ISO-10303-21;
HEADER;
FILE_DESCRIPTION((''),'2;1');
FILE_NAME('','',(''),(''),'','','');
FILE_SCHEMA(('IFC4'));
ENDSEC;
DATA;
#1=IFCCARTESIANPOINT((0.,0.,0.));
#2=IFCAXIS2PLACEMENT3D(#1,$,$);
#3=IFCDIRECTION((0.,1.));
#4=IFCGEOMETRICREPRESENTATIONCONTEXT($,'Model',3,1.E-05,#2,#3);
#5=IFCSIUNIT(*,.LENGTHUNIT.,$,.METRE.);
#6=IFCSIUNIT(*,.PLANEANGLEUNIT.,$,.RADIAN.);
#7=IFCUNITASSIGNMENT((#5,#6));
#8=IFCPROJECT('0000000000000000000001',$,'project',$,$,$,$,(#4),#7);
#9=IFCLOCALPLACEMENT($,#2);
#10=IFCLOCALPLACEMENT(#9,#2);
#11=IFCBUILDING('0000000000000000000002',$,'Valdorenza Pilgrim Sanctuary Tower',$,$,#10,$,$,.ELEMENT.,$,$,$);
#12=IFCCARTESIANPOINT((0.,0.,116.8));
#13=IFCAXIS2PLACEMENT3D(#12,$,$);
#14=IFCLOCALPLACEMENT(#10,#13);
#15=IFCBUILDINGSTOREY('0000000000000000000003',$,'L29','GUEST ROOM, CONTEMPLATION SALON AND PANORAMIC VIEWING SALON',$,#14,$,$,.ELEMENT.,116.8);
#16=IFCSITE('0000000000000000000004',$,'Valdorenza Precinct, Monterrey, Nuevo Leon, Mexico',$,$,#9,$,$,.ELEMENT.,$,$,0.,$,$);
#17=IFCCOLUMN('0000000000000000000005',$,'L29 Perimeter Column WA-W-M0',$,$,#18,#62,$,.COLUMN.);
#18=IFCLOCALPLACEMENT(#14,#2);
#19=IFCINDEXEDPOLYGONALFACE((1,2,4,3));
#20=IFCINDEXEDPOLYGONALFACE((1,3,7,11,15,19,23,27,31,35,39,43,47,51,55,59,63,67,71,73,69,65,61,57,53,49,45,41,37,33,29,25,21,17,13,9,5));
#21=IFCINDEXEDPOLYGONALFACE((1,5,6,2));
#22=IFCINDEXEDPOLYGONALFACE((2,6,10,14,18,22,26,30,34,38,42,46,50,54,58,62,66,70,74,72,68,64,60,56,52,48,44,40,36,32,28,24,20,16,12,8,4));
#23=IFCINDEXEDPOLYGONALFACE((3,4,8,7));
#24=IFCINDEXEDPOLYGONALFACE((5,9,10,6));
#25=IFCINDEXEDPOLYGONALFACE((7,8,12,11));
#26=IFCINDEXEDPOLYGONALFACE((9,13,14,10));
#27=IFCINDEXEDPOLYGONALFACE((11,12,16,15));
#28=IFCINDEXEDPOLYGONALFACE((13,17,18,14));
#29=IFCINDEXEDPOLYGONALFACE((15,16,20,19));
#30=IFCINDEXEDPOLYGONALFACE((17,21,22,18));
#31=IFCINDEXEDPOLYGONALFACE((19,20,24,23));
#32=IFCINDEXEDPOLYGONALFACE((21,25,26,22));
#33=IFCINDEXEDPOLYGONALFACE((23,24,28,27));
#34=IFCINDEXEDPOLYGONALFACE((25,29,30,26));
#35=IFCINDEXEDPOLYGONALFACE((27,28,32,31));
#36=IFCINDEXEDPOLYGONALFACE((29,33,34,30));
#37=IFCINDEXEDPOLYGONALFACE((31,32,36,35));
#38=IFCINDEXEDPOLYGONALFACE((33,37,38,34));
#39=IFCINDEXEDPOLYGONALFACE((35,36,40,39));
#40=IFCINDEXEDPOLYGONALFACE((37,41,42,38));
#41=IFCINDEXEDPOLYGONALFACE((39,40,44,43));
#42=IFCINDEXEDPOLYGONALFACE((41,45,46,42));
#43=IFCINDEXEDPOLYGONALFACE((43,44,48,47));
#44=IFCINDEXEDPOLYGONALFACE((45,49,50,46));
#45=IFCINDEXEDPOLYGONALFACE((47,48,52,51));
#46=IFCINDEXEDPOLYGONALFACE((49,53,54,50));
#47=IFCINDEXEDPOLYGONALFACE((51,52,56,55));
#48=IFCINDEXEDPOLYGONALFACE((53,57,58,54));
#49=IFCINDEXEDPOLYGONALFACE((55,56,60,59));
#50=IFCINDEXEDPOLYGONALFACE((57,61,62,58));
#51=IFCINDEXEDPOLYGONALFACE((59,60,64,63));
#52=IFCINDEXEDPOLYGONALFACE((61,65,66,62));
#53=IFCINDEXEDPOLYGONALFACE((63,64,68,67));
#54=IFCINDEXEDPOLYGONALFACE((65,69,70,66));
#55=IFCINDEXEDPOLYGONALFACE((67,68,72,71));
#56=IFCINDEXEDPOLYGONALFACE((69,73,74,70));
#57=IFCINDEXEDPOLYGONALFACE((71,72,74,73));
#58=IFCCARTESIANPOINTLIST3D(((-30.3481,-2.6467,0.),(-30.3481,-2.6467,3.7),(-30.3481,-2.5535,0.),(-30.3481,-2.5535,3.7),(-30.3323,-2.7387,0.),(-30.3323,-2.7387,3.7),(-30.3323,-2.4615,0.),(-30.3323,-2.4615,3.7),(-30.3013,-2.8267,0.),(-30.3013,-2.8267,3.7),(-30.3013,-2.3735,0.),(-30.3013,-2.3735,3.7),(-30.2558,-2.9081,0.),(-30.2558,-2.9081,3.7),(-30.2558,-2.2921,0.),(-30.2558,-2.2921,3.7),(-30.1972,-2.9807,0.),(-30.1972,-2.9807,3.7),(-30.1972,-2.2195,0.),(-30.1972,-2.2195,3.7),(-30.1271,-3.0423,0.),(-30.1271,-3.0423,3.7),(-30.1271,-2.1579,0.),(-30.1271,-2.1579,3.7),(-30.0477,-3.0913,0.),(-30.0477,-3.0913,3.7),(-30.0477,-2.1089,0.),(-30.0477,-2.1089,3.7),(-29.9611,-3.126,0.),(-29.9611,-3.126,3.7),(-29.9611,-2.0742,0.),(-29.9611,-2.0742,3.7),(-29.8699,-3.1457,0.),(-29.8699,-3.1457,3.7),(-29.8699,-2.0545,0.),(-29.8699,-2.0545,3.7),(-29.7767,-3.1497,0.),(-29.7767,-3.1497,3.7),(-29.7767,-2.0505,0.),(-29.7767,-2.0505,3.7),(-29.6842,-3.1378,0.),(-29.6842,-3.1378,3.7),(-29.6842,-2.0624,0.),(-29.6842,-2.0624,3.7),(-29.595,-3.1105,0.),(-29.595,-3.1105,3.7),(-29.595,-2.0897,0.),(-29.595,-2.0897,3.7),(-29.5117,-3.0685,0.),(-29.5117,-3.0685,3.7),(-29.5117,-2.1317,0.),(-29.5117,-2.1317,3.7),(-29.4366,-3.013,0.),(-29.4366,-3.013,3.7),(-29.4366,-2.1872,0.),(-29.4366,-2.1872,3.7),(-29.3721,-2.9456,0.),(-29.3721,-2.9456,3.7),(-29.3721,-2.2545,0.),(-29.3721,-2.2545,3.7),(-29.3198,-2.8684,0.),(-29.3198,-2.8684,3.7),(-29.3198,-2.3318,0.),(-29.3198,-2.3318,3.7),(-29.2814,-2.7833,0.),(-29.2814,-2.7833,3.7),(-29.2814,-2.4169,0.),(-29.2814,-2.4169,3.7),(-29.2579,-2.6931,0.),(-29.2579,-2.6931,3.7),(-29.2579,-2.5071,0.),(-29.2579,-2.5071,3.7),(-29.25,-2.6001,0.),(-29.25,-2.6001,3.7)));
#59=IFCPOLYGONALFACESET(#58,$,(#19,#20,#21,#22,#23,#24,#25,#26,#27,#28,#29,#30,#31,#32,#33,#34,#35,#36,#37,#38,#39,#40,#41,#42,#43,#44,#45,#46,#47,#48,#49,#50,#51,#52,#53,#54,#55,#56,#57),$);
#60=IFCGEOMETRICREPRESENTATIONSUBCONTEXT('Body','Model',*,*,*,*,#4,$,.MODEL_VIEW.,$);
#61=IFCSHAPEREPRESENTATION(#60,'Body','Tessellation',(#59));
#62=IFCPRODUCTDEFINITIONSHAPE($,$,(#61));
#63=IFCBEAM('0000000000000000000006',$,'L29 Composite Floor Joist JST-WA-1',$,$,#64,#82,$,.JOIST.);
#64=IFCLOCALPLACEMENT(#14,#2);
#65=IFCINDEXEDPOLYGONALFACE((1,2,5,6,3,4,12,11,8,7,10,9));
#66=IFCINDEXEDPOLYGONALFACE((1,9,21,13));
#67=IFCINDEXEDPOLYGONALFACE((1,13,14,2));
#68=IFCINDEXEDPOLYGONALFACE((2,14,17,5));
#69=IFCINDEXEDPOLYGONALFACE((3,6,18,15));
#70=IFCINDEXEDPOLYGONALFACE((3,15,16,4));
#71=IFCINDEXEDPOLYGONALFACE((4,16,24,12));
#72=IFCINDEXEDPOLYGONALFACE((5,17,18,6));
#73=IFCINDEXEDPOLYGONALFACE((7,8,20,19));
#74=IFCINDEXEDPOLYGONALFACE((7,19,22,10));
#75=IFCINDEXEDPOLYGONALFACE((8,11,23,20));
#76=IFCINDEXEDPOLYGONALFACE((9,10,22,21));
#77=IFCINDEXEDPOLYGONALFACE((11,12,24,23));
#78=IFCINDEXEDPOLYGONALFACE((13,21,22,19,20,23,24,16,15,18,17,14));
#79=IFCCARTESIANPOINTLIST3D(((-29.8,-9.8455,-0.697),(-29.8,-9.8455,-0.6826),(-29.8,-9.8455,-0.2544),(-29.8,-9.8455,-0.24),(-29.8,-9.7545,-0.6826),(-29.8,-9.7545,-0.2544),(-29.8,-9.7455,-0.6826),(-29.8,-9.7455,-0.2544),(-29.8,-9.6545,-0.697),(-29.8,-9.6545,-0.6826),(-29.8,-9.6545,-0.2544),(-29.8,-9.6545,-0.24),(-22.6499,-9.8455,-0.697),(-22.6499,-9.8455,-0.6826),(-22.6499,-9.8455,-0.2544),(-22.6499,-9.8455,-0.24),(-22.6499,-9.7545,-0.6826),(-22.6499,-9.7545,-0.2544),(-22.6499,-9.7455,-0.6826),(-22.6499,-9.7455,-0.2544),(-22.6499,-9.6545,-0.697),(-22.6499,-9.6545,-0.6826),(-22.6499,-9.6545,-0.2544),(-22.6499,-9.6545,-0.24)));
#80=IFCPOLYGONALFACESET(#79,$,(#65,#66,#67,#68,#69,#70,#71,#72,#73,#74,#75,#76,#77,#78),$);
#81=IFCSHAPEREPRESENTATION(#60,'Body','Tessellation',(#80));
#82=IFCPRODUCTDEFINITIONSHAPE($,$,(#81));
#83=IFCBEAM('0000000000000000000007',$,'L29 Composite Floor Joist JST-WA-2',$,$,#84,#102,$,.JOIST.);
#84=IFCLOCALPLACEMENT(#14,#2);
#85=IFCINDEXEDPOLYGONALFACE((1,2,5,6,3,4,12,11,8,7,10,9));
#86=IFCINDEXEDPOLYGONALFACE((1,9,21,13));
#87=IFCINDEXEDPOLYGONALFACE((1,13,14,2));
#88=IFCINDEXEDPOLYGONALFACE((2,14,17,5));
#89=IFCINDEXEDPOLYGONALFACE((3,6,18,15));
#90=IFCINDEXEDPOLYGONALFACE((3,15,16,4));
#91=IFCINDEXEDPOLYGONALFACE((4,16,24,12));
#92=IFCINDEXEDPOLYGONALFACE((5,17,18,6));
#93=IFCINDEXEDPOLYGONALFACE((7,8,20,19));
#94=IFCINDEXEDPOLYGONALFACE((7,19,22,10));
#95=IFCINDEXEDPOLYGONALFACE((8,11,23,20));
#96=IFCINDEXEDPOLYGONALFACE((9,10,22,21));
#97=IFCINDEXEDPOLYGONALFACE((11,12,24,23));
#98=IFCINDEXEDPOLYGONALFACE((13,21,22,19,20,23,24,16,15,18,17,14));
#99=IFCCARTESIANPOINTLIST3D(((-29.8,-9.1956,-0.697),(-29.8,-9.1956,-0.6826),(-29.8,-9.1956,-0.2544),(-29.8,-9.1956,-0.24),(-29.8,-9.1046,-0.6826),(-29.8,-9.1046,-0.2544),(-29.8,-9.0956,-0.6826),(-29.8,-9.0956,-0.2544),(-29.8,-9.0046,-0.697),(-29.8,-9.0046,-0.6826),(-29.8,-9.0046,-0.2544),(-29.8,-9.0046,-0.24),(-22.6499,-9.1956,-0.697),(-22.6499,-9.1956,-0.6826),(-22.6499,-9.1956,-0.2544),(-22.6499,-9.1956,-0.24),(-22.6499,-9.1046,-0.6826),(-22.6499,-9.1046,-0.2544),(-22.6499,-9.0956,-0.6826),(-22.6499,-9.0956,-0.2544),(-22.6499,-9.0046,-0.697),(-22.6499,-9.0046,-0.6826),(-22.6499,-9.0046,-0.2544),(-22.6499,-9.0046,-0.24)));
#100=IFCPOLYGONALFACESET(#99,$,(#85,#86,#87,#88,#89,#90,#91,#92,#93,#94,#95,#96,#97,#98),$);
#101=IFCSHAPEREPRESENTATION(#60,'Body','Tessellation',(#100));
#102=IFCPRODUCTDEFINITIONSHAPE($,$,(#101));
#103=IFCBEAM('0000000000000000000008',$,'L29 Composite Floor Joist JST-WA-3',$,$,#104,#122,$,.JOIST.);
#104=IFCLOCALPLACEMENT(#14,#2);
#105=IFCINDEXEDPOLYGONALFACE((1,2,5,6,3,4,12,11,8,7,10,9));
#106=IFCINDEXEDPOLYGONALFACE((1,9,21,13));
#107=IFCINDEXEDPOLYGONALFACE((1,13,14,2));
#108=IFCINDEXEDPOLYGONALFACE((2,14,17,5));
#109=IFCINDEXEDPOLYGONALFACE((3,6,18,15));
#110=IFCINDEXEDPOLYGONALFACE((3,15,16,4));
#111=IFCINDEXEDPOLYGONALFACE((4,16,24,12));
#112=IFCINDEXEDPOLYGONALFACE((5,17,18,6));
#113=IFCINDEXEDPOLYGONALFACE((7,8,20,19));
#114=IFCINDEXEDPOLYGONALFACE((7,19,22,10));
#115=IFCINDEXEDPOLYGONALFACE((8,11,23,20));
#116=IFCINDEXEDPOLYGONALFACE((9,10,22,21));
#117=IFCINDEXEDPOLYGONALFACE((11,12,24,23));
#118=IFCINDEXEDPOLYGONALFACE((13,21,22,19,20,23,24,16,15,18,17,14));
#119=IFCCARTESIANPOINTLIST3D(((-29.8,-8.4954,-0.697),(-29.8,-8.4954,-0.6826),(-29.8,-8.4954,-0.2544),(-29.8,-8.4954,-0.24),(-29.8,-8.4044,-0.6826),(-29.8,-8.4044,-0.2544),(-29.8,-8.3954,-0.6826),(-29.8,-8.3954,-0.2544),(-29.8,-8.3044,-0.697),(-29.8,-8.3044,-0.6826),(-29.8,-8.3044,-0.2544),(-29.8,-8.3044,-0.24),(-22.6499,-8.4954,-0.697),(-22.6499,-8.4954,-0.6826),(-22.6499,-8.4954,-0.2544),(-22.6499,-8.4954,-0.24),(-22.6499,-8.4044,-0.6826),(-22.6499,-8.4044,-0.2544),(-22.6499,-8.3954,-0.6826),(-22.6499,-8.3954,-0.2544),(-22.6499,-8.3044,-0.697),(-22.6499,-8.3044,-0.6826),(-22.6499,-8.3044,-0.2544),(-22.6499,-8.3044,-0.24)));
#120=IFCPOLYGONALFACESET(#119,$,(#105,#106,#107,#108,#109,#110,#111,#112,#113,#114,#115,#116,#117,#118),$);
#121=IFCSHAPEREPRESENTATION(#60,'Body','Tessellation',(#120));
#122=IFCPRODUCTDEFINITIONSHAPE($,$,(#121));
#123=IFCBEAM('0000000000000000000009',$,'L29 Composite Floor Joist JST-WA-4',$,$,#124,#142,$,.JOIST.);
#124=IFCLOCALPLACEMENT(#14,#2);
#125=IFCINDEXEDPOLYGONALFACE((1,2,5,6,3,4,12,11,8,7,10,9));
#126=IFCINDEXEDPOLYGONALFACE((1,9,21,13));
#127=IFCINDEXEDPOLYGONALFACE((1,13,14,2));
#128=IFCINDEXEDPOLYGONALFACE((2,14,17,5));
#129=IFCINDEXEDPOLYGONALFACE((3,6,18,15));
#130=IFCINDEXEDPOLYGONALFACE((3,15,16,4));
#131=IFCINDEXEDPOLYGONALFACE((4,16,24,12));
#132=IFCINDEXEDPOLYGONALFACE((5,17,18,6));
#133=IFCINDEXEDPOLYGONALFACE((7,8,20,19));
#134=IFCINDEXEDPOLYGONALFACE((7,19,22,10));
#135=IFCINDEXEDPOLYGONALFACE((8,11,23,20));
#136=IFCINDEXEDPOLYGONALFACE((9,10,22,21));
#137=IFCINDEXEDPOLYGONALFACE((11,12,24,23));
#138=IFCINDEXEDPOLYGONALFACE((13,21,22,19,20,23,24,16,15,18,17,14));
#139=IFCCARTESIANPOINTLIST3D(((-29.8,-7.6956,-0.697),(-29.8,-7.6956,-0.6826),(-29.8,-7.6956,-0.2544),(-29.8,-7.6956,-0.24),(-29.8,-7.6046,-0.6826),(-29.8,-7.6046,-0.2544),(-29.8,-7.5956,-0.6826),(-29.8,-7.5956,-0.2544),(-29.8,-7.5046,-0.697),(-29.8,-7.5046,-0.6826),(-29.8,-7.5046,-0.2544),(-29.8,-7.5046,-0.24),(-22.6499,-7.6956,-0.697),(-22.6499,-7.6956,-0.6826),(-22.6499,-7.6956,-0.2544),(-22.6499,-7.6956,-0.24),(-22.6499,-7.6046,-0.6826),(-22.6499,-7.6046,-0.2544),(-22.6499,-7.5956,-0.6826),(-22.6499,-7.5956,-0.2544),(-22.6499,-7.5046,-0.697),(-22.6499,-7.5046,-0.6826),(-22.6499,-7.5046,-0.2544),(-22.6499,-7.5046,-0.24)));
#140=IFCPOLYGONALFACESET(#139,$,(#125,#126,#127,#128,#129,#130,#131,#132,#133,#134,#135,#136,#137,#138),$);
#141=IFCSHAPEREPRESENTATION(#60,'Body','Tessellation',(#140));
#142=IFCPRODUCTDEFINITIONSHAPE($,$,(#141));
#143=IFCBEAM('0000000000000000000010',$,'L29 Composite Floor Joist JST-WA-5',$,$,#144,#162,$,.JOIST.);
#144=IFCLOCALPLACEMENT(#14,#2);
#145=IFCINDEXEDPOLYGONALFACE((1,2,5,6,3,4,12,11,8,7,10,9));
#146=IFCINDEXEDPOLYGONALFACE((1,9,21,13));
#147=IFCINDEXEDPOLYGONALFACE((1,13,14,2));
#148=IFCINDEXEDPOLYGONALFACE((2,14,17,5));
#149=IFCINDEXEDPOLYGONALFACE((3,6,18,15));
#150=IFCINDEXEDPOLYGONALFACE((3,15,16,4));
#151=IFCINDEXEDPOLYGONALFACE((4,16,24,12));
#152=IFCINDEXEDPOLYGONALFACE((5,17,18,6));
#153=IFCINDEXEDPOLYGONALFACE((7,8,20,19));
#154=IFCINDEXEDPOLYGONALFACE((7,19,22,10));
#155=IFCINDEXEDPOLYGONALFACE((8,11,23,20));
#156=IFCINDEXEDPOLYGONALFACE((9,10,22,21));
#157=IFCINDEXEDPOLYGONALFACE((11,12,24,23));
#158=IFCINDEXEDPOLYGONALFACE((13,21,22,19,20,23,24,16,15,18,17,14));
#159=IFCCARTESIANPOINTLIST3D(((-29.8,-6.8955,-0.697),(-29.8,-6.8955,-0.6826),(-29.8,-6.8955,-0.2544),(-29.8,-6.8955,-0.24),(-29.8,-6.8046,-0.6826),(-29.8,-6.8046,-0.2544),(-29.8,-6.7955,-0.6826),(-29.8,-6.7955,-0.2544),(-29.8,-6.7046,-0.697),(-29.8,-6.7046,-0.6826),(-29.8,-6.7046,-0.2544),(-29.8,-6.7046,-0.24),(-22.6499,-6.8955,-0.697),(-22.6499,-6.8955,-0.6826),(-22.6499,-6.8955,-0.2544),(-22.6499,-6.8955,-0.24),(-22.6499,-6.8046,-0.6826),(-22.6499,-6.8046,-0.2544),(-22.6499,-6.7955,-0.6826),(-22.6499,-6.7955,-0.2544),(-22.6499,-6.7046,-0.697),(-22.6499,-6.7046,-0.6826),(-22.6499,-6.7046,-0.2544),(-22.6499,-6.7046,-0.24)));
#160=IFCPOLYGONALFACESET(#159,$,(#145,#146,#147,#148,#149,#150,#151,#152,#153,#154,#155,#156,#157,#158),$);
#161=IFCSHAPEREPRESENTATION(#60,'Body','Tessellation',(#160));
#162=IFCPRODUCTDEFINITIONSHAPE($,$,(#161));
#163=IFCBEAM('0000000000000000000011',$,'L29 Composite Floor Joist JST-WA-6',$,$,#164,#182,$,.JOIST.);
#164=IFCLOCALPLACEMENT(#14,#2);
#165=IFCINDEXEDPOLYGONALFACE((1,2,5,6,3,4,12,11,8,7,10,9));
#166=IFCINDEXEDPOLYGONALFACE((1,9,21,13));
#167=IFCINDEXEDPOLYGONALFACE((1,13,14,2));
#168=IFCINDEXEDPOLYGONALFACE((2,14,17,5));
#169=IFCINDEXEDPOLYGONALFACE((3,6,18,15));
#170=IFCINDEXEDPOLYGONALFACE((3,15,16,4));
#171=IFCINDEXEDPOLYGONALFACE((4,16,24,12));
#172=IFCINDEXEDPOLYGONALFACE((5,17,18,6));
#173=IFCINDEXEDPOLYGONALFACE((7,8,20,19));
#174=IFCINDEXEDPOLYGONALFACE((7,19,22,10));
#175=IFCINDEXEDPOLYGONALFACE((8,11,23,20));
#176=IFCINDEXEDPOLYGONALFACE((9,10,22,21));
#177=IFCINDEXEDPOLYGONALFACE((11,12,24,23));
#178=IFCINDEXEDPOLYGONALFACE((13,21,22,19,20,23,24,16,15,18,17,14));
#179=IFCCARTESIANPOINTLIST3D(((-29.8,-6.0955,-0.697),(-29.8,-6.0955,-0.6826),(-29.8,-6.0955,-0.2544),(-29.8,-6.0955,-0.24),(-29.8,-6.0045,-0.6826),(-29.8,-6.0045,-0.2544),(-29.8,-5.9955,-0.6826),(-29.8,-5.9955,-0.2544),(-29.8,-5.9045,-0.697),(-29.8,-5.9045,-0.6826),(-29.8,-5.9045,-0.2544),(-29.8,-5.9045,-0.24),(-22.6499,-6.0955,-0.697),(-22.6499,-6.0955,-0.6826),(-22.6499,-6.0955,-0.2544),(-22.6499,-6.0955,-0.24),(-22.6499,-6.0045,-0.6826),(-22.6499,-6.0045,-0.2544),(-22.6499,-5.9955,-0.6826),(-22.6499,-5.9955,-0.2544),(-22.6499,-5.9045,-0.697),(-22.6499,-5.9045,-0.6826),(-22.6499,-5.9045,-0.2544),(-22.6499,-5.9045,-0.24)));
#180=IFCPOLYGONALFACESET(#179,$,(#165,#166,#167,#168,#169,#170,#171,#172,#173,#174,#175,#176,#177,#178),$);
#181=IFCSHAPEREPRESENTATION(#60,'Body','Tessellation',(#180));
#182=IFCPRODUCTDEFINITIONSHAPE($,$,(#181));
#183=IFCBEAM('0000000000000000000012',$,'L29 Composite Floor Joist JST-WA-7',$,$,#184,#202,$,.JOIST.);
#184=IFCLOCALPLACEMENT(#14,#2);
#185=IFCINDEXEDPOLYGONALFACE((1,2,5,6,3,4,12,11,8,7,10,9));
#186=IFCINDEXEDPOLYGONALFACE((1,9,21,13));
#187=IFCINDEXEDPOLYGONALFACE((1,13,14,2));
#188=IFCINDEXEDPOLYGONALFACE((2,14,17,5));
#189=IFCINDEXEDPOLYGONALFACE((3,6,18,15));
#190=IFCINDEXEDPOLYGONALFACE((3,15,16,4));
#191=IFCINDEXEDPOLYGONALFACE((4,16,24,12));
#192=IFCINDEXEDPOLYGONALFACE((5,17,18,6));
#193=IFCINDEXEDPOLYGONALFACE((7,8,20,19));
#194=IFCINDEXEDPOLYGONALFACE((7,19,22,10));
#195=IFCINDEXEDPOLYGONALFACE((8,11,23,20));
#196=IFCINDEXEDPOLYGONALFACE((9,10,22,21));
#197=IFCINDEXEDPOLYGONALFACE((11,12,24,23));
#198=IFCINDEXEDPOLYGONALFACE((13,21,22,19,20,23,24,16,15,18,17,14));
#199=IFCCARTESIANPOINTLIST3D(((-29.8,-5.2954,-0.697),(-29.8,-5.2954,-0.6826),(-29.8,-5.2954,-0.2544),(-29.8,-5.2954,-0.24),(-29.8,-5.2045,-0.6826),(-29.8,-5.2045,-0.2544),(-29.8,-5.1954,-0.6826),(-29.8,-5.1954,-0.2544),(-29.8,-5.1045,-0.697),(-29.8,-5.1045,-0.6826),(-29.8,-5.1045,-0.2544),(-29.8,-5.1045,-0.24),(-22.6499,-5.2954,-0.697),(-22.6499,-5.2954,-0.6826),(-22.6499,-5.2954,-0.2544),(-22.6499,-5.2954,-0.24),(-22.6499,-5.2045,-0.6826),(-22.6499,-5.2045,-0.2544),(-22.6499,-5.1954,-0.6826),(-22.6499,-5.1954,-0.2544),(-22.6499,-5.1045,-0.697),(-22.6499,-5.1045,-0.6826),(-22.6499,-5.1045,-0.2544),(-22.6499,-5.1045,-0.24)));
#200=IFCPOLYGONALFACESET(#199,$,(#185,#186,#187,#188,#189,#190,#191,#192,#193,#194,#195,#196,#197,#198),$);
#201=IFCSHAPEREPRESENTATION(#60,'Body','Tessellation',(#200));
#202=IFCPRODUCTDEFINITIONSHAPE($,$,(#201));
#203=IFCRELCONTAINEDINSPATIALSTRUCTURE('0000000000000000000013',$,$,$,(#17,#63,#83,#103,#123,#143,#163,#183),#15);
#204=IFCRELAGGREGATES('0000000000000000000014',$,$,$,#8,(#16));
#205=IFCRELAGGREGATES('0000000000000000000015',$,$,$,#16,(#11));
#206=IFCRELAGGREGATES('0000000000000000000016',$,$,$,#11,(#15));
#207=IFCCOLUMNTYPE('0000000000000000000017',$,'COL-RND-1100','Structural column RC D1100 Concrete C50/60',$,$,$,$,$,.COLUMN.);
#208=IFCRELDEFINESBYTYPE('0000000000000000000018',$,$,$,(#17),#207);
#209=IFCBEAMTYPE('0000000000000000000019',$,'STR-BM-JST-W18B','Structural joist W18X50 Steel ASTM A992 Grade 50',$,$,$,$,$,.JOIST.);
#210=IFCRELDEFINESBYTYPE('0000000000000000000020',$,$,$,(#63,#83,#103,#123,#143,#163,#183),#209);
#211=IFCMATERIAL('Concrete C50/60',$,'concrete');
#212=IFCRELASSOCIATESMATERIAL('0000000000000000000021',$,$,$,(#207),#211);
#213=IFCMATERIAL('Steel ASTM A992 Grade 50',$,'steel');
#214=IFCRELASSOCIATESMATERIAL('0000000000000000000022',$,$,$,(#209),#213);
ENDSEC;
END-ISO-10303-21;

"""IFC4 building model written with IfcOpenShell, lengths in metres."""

from ifc_helpers import new_model, si_unit, direction, frame, origin, origin_2d, place, context, subcontext, project, spatial, circle, i_section, extrude, source, transform, mapped, material, material_profile, profile_set, type_object, element, save


model = new_model("IFC4")

# Units and contexts
model_context = context("Model", 3, precision=1e-05, world=origin(), true_north=direction((0.0, 1.0)))
body_context = subcontext(model_context, "Body", "Model", "MODEL_VIEW")
ifc_project = project(units=[si_unit("LENGTHUNIT", "METRE"), si_unit("PLANEANGLEUNIT", "RADIAN")], contexts=[model_context])

# Site, building, storey
site_placement = place(None, origin())
site = spatial("IfcSite", under=ifc_project, at=site_placement, Name="Valdorenza Precinct, Monterrey, Nuevo Leon, Mexico", CompositionType="ELEMENT", RefElevation=0.0)
building_placement = place(site_placement, origin())
building = spatial("IfcBuilding", under=site, at=building_placement, Name="Valdorenza Pilgrim Sanctuary Tower", CompositionType="ELEMENT")
storey_placement = place(building_placement, frame((0.0, 0.0, 116.8)))
storey = spatial("IfcBuildingStorey", under=building, at=storey_placement, Name="L29", Description="GUEST ROOM, CONTEMPLATION SALON AND PANORAMIC VIEWING SALON", CompositionType="ELEMENT", Elevation=116.8)

# Column
ifc_material_1 = material(Name="Concrete C50/60", Category="concrete")
ifc_material_profile_1 = material_profile(ifc_material_1, circle(Radius=0.55, at=origin_2d()), Name="RC D1100")
ifc_profile_set_1 = profile_set([ifc_material_profile_1], Name="Concrete C50/60")
column_type = type_object("IfcColumnType", Name="COL-RND-1100", Description="Structural column RC D1100 Concrete C50/60", PredefinedType="COLUMN", material=ifc_profile_set_1)
shared_shape_1 = source(origin(), body_context, "Body", "SweptSolid", [
    extrude(circle(Radius=0.55, at=origin_2d()), origin(), (0.0, 0.0, 1.0), 3.7),
])
column_placement = place(storey_placement, frame((-29.8, -2.6001, 0.0), z_axis=(0.0, 0.0, 1.0), x_axis=(1.0, 0.0, 0.0)))
element("IfcColumn", 1, at=column_placement, inside=storey, type_object=column_type, Name="L29 Perimeter Column WA-W-M0", PredefinedType="COLUMN", context=body_context, shape_type="MappedRepresentation", body=[
    mapped(shared_shape_1, transform((0.0, 0.0, 0.0), x_axis=(1.0, 0.0, 0.0), y_axis=(0.0, 1.0, 0.0), z_axis=(0.0, 0.0, 1.0), scale=1.0)),
])

# Beams
ifc_material_2 = material(Name="Steel ASTM A992 Grade 50", Category="steel")
ifc_material_profile_2 = material_profile(ifc_material_2, i_section(OverallWidth=0.1909, OverallDepth=0.457, WebThickness=0.009, FlangeThickness=0.0144, at=origin_2d()), Name="W18X50")
ifc_profile_set_2 = profile_set([ifc_material_profile_2], Name="Steel ASTM A992 Grade 50")
beam_type = type_object("IfcBeamType", Name="STR-BM-JST-W18B", Description="Structural joist W18X50 Steel ASTM A992 Grade 50", PredefinedType="JOIST", material=ifc_profile_set_2)
shared_shape_2 = source(origin(), body_context, "Body", "SweptSolid", [
    extrude(i_section(OverallWidth=0.1909, OverallDepth=0.457, WebThickness=0.009, FlangeThickness=0.0144, at=origin_2d()), origin(), (0.0, 0.0, 1.0), 7.1501),
])
for number, where, z_axis, x_axis, name in (
    (2, (-29.8, -9.75, -0.4685), (1.0, 0.0, 0.0), (0.0, 1.0, 0.0), "L29 Composite Floor Joist JST-WA-1"),
    (3, (-29.8, -9.1001, -0.4685), (1.0, 0.0, 0.0), (0.0, 1.0, 0.0), "L29 Composite Floor Joist JST-WA-2"),
    (4, (-29.8, -8.3999, -0.4685), (1.0, 0.0, 0.0), (0.0, 1.0, 0.0), "L29 Composite Floor Joist JST-WA-3"),
    (5, (-29.8, -7.6001, -0.4685), (1.0, 0.0, 0.0), (0.0, 1.0, 0.0), "L29 Composite Floor Joist JST-WA-4"),
    (6, (-29.8, -6.8, -0.4685), (1.0, 0.0, 0.0), (0.0, 1.0, 0.0), "L29 Composite Floor Joist JST-WA-5"),
    (7, (-29.8, -6.0, -0.4685), (1.0, 0.0, 0.0), (0.0, 1.0, 0.0), "L29 Composite Floor Joist JST-WA-6"),
    (8, (-29.8, -5.2, -0.4685), (1.0, 0.0, 0.0), (0.0, 1.0, 0.0), "L29 Composite Floor Joist JST-WA-7"),
):
    element("IfcBeam", number, at=place(storey_placement, frame(where, z_axis=z_axis, x_axis=x_axis)), inside=storey, type_object=beam_type, Name=name, PredefinedType="JOIST", context=body_context, shape_type="MappedRepresentation", body=[
        mapped(shared_shape_2, transform((0.0, 0.0, 0.0), x_axis=(1.0, 0.0, 0.0), y_axis=(0.0, 1.0, 0.0), z_axis=(0.0, 0.0, 1.0), scale=1.0)),
    ])

save(model, "model.ifc")
